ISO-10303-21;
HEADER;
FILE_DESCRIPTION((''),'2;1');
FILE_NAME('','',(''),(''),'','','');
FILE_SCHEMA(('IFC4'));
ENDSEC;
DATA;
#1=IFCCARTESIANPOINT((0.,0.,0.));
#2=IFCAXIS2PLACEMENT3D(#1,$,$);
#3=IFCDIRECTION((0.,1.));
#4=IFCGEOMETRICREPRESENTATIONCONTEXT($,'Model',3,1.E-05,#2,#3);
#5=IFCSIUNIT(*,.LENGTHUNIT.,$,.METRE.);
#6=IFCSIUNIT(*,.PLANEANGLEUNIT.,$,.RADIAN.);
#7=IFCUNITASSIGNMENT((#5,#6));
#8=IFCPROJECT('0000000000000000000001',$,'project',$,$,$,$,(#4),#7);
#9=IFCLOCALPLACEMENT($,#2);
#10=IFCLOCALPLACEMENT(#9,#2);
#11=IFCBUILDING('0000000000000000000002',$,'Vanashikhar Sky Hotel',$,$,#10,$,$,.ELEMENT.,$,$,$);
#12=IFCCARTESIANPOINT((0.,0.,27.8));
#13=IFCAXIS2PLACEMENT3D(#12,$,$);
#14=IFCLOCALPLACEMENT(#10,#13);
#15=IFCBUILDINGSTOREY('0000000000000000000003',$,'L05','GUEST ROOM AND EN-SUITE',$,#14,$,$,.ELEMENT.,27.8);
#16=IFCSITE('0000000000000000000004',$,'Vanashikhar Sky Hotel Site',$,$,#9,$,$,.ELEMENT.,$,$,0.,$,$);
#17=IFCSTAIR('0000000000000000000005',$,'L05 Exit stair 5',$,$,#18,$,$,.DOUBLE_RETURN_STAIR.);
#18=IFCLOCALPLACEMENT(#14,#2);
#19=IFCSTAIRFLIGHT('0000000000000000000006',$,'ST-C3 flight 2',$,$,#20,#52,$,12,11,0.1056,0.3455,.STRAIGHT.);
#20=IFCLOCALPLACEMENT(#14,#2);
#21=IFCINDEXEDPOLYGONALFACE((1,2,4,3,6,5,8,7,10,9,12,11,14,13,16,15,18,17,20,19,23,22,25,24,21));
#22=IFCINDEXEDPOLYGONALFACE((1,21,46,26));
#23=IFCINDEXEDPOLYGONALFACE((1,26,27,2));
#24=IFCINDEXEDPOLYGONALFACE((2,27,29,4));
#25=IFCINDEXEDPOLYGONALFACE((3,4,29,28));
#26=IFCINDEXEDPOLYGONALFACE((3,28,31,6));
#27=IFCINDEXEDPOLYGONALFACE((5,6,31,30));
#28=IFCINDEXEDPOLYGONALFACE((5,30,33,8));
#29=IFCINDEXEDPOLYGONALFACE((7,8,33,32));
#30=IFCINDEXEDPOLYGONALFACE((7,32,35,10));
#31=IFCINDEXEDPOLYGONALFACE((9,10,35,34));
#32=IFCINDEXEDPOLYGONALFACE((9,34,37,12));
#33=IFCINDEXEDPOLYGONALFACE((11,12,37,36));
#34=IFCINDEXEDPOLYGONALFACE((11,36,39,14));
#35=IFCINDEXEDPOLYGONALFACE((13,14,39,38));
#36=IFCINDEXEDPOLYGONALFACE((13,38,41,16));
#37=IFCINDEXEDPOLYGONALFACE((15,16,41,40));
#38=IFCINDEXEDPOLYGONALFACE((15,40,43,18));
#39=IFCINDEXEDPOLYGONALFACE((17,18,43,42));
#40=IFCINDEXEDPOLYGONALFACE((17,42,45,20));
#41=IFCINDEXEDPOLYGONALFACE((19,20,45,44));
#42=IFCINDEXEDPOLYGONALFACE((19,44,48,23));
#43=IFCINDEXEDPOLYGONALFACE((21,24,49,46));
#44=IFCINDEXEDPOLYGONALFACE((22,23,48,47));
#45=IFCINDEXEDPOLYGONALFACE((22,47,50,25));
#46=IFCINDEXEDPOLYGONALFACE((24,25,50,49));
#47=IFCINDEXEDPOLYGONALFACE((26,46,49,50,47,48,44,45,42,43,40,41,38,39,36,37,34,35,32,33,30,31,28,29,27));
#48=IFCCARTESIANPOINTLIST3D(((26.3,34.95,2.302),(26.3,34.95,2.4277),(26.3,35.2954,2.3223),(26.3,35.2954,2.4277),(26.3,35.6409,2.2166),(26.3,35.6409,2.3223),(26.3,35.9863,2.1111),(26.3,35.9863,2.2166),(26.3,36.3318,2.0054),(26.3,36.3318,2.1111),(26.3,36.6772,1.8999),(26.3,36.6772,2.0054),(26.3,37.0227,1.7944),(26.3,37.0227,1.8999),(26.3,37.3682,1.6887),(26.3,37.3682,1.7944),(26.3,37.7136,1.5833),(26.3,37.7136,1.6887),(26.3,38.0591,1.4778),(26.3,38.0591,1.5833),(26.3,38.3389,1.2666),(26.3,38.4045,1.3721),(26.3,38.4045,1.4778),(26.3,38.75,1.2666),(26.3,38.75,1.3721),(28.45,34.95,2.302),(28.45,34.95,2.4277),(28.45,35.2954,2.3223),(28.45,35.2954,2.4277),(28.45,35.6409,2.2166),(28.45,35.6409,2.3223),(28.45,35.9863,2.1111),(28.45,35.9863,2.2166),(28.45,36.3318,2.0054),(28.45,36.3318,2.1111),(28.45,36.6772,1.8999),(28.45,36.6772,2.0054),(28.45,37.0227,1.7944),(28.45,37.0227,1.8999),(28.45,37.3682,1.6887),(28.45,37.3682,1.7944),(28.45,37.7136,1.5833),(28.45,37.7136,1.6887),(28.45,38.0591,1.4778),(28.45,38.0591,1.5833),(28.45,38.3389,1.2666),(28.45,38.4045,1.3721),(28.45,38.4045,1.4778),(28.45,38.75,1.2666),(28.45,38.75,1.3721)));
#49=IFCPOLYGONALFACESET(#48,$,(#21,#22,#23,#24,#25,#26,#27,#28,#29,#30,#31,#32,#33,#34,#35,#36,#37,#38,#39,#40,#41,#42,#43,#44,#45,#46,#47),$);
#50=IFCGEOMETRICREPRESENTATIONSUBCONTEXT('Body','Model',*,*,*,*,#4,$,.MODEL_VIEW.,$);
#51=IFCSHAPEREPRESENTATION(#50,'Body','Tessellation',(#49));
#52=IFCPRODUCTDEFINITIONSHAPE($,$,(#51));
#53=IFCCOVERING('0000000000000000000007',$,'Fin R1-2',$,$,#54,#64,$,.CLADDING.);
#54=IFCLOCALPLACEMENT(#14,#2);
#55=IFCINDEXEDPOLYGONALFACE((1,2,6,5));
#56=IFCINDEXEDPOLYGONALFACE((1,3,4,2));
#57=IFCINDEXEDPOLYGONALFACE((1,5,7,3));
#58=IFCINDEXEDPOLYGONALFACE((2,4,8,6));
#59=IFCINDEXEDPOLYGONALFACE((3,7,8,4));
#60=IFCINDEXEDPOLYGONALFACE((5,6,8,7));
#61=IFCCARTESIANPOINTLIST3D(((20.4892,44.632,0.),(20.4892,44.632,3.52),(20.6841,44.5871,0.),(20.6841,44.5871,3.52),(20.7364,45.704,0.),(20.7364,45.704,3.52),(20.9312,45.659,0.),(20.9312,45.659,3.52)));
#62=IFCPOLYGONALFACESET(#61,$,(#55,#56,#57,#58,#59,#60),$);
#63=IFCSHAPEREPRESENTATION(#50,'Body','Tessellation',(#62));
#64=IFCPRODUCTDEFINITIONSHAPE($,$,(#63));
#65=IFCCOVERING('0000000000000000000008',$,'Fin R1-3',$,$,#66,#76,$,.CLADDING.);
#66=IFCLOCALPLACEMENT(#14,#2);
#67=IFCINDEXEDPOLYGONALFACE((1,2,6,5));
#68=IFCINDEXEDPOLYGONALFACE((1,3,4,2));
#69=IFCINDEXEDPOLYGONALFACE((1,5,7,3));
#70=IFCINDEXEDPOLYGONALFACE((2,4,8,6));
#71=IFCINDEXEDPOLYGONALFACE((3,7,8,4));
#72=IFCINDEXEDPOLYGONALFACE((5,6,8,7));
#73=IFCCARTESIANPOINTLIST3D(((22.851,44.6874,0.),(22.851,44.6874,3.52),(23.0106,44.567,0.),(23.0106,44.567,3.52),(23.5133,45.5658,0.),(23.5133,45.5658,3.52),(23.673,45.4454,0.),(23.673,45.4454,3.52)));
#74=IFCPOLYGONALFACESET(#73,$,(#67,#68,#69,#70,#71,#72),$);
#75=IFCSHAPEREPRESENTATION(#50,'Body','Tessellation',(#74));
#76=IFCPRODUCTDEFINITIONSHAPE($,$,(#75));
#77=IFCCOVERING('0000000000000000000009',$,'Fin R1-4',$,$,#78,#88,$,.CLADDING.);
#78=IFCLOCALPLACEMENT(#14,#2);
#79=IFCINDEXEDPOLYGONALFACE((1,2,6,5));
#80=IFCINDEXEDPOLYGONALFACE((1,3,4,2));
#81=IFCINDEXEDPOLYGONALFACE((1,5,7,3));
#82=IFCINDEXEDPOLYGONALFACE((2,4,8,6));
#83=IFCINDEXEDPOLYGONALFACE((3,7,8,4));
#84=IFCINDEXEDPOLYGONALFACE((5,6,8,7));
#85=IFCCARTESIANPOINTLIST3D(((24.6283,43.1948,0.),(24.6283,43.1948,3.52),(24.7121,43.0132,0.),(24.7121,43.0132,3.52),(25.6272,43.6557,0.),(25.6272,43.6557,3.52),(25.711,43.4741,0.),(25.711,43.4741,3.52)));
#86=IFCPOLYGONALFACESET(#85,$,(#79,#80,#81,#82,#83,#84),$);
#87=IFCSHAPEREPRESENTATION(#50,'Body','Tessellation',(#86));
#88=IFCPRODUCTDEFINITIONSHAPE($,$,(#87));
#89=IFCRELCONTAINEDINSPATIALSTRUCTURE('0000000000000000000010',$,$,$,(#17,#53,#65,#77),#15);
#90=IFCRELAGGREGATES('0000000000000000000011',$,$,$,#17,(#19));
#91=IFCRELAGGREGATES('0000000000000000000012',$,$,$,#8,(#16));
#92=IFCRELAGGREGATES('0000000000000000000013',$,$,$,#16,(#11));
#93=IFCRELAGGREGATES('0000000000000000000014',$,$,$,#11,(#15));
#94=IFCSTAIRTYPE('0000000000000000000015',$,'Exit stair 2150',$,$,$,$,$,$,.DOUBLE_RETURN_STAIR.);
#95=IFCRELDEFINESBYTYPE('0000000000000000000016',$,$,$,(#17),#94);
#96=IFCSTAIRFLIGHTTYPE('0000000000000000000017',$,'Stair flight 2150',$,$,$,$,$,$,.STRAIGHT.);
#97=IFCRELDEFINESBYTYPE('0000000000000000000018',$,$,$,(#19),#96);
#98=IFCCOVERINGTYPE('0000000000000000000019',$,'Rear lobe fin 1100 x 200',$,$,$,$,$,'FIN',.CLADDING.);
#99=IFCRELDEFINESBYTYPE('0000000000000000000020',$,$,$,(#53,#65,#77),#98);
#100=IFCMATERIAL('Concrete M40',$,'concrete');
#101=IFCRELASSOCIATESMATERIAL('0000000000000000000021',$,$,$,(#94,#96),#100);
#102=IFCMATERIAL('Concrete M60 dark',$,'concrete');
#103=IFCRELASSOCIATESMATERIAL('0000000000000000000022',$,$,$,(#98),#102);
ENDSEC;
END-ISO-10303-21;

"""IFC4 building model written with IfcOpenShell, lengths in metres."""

from ifc_helpers import new_model, si_unit, direction, frame, origin, origin_2d, place, context, subcontext, project, spatial, polyline, rectangle, outline, extrude, source, transform, mapped, material, material_profile, profile_set, type_object, element, aggregate, save


model = new_model("IFC4")

# Units and contexts
model_context = context("Model", 3, precision=1e-05, world=origin(), true_north=direction((0.0, 1.0)))
body_context = subcontext(model_context, "Body", "Model", "MODEL_VIEW")
ifc_project = project(units=[si_unit("LENGTHUNIT", "METRE"), si_unit("PLANEANGLEUNIT", "RADIAN")], contexts=[model_context])

# Site, building, storey
site_placement = place(None, origin())
site = spatial("IfcSite", under=ifc_project, at=site_placement, Name="Vanashikhar Sky Hotel Site", CompositionType="ELEMENT", RefElevation=0.0)
building_placement = place(site_placement, origin())
building = spatial("IfcBuilding", under=site, at=building_placement, Name="Vanashikhar Sky Hotel", CompositionType="ELEMENT")
storey_placement = place(building_placement, frame((0.0, 0.0, 27.8)))
storey = spatial("IfcBuildingStorey", under=building, at=storey_placement, Name="L05", Description="GUEST ROOM AND EN-SUITE", CompositionType="ELEMENT", Elevation=27.8)

# Stair, stair flight
ifc_material_1 = material(Name="Concrete M40", Category="concrete")
stair_type = type_object("IfcStairType", Name="Exit stair 2150", PredefinedType="DOUBLE_RETURN_STAIR", material=ifc_material_1)
stair_placement = place(storey_placement, origin())
stair = element("IfcStair", 1, at=stair_placement, inside=storey, type_object=stair_type, Name="L05 Exit stair 5", PredefinedType="DOUBLE_RETURN_STAIR")
stair_flight_type = type_object("IfcStairFlightType", Name="Stair flight 2150", PredefinedType="STRAIGHT", material=ifc_material_1)
shared_shape_1 = source(origin(), body_context, "Body", "SweptSolid", [
    extrude(outline(polyline([(0.0, 0.0), (0.0, 0.1055), (0.3455, 0.1055), (0.3455, 0.2112), (0.6909, 0.2112), (0.6909, 0.3167), (1.0364, 0.3167), (1.0364, 0.4221), (1.3818, 0.4221), (1.3818, 0.5278), (1.7273, 0.5278), (1.7273, 0.6333), (2.0728, 0.6333), (2.0728, 0.7388), (2.4182, 0.7388), (2.4182, 0.8445), (2.7637, 0.8445), (2.7637, 0.95), (3.1091, 0.95), (3.1091, 1.0557), (3.4546, 1.0557), (3.4546, 1.1611), (3.8, 1.1611), (3.8, 1.2666), (3.8, 1.0354), (0.4111, 0.0), (0.0, 0.0)])), frame((0.0, 1.075, 0.0), z_axis=(0.0, -1.0, 0.0), x_axis=(1.0, 0.0, 0.0)), (0.0, 0.0, 1.0), 2.1499),
])
stair_flight_placement = place(storey_placement, frame((27.375, 38.75, 1.2666), z_axis=(0.0, 0.0, 1.0), x_axis=(0.0, -1.0, 0.0)))
stair_flight = element("IfcStairFlight", 2, at=stair_flight_placement, type_object=stair_flight_type, Name="ST-C3 flight 2", NumberOfRisers=12, NumberOfTreads=11, PredefinedType="STRAIGHT", RiserHeight=0.1056, TreadLength=0.3455, context=body_context, shape_type="MappedRepresentation", body=[
    mapped(shared_shape_1, transform((0.0, 0.0, 0.0), scale=1.0)),
])
aggregate(stair, [stair_flight])

# Coverings
ifc_material_2 = material(Name="Concrete M60 dark", Category="concrete")
ifc_material_profile = material_profile(ifc_material_2, rectangle(XDim=1.1001, YDim=0.2, at=origin_2d()))
ifc_profile_set = profile_set([ifc_material_profile], Name="Rear lobe fin 1100 x 200")
covering_type = type_object("IfcCoveringType", Name="Rear lobe fin 1100 x 200", ElementType="FIN", PredefinedType="CLADDING", material=ifc_profile_set)
shared_shape_2 = source(origin(), body_context, "Body", "SweptSolid", [
    extrude(rectangle(XDim=1.1001, YDim=0.2, at=origin_2d()), origin(), (0.0, 0.0, 1.0), 3.52),
])
for number, where, z_axis, x_axis, name in (
    (3, (20.7102, 45.1455, 0.0), (0.0, 0.0, 1.0), (0.224645, 0.974441, 0.0), "Fin R1-2"),
    (4, (23.262, 45.0664, 0.0), (0.0, 0.0, 1.0), (0.602066, 0.798446, 0.0), "Fin R1-3"),
    (5, (25.1697, 43.3345, 0.0), (0.0, 0.0, 1.0), (0.908004, 0.418961, 0.0), "Fin R1-4"),
):
    element("IfcCovering", number, at=place(storey_placement, frame(where, z_axis=z_axis, x_axis=x_axis)), inside=storey, type_object=covering_type, Name=name, PredefinedType="CLADDING", context=body_context, shape_type="MappedRepresentation", body=[
        mapped(shared_shape_2, transform((0.0, 0.0, 0.0), scale=1.0)),
    ])

save(model, "model.ifc")
